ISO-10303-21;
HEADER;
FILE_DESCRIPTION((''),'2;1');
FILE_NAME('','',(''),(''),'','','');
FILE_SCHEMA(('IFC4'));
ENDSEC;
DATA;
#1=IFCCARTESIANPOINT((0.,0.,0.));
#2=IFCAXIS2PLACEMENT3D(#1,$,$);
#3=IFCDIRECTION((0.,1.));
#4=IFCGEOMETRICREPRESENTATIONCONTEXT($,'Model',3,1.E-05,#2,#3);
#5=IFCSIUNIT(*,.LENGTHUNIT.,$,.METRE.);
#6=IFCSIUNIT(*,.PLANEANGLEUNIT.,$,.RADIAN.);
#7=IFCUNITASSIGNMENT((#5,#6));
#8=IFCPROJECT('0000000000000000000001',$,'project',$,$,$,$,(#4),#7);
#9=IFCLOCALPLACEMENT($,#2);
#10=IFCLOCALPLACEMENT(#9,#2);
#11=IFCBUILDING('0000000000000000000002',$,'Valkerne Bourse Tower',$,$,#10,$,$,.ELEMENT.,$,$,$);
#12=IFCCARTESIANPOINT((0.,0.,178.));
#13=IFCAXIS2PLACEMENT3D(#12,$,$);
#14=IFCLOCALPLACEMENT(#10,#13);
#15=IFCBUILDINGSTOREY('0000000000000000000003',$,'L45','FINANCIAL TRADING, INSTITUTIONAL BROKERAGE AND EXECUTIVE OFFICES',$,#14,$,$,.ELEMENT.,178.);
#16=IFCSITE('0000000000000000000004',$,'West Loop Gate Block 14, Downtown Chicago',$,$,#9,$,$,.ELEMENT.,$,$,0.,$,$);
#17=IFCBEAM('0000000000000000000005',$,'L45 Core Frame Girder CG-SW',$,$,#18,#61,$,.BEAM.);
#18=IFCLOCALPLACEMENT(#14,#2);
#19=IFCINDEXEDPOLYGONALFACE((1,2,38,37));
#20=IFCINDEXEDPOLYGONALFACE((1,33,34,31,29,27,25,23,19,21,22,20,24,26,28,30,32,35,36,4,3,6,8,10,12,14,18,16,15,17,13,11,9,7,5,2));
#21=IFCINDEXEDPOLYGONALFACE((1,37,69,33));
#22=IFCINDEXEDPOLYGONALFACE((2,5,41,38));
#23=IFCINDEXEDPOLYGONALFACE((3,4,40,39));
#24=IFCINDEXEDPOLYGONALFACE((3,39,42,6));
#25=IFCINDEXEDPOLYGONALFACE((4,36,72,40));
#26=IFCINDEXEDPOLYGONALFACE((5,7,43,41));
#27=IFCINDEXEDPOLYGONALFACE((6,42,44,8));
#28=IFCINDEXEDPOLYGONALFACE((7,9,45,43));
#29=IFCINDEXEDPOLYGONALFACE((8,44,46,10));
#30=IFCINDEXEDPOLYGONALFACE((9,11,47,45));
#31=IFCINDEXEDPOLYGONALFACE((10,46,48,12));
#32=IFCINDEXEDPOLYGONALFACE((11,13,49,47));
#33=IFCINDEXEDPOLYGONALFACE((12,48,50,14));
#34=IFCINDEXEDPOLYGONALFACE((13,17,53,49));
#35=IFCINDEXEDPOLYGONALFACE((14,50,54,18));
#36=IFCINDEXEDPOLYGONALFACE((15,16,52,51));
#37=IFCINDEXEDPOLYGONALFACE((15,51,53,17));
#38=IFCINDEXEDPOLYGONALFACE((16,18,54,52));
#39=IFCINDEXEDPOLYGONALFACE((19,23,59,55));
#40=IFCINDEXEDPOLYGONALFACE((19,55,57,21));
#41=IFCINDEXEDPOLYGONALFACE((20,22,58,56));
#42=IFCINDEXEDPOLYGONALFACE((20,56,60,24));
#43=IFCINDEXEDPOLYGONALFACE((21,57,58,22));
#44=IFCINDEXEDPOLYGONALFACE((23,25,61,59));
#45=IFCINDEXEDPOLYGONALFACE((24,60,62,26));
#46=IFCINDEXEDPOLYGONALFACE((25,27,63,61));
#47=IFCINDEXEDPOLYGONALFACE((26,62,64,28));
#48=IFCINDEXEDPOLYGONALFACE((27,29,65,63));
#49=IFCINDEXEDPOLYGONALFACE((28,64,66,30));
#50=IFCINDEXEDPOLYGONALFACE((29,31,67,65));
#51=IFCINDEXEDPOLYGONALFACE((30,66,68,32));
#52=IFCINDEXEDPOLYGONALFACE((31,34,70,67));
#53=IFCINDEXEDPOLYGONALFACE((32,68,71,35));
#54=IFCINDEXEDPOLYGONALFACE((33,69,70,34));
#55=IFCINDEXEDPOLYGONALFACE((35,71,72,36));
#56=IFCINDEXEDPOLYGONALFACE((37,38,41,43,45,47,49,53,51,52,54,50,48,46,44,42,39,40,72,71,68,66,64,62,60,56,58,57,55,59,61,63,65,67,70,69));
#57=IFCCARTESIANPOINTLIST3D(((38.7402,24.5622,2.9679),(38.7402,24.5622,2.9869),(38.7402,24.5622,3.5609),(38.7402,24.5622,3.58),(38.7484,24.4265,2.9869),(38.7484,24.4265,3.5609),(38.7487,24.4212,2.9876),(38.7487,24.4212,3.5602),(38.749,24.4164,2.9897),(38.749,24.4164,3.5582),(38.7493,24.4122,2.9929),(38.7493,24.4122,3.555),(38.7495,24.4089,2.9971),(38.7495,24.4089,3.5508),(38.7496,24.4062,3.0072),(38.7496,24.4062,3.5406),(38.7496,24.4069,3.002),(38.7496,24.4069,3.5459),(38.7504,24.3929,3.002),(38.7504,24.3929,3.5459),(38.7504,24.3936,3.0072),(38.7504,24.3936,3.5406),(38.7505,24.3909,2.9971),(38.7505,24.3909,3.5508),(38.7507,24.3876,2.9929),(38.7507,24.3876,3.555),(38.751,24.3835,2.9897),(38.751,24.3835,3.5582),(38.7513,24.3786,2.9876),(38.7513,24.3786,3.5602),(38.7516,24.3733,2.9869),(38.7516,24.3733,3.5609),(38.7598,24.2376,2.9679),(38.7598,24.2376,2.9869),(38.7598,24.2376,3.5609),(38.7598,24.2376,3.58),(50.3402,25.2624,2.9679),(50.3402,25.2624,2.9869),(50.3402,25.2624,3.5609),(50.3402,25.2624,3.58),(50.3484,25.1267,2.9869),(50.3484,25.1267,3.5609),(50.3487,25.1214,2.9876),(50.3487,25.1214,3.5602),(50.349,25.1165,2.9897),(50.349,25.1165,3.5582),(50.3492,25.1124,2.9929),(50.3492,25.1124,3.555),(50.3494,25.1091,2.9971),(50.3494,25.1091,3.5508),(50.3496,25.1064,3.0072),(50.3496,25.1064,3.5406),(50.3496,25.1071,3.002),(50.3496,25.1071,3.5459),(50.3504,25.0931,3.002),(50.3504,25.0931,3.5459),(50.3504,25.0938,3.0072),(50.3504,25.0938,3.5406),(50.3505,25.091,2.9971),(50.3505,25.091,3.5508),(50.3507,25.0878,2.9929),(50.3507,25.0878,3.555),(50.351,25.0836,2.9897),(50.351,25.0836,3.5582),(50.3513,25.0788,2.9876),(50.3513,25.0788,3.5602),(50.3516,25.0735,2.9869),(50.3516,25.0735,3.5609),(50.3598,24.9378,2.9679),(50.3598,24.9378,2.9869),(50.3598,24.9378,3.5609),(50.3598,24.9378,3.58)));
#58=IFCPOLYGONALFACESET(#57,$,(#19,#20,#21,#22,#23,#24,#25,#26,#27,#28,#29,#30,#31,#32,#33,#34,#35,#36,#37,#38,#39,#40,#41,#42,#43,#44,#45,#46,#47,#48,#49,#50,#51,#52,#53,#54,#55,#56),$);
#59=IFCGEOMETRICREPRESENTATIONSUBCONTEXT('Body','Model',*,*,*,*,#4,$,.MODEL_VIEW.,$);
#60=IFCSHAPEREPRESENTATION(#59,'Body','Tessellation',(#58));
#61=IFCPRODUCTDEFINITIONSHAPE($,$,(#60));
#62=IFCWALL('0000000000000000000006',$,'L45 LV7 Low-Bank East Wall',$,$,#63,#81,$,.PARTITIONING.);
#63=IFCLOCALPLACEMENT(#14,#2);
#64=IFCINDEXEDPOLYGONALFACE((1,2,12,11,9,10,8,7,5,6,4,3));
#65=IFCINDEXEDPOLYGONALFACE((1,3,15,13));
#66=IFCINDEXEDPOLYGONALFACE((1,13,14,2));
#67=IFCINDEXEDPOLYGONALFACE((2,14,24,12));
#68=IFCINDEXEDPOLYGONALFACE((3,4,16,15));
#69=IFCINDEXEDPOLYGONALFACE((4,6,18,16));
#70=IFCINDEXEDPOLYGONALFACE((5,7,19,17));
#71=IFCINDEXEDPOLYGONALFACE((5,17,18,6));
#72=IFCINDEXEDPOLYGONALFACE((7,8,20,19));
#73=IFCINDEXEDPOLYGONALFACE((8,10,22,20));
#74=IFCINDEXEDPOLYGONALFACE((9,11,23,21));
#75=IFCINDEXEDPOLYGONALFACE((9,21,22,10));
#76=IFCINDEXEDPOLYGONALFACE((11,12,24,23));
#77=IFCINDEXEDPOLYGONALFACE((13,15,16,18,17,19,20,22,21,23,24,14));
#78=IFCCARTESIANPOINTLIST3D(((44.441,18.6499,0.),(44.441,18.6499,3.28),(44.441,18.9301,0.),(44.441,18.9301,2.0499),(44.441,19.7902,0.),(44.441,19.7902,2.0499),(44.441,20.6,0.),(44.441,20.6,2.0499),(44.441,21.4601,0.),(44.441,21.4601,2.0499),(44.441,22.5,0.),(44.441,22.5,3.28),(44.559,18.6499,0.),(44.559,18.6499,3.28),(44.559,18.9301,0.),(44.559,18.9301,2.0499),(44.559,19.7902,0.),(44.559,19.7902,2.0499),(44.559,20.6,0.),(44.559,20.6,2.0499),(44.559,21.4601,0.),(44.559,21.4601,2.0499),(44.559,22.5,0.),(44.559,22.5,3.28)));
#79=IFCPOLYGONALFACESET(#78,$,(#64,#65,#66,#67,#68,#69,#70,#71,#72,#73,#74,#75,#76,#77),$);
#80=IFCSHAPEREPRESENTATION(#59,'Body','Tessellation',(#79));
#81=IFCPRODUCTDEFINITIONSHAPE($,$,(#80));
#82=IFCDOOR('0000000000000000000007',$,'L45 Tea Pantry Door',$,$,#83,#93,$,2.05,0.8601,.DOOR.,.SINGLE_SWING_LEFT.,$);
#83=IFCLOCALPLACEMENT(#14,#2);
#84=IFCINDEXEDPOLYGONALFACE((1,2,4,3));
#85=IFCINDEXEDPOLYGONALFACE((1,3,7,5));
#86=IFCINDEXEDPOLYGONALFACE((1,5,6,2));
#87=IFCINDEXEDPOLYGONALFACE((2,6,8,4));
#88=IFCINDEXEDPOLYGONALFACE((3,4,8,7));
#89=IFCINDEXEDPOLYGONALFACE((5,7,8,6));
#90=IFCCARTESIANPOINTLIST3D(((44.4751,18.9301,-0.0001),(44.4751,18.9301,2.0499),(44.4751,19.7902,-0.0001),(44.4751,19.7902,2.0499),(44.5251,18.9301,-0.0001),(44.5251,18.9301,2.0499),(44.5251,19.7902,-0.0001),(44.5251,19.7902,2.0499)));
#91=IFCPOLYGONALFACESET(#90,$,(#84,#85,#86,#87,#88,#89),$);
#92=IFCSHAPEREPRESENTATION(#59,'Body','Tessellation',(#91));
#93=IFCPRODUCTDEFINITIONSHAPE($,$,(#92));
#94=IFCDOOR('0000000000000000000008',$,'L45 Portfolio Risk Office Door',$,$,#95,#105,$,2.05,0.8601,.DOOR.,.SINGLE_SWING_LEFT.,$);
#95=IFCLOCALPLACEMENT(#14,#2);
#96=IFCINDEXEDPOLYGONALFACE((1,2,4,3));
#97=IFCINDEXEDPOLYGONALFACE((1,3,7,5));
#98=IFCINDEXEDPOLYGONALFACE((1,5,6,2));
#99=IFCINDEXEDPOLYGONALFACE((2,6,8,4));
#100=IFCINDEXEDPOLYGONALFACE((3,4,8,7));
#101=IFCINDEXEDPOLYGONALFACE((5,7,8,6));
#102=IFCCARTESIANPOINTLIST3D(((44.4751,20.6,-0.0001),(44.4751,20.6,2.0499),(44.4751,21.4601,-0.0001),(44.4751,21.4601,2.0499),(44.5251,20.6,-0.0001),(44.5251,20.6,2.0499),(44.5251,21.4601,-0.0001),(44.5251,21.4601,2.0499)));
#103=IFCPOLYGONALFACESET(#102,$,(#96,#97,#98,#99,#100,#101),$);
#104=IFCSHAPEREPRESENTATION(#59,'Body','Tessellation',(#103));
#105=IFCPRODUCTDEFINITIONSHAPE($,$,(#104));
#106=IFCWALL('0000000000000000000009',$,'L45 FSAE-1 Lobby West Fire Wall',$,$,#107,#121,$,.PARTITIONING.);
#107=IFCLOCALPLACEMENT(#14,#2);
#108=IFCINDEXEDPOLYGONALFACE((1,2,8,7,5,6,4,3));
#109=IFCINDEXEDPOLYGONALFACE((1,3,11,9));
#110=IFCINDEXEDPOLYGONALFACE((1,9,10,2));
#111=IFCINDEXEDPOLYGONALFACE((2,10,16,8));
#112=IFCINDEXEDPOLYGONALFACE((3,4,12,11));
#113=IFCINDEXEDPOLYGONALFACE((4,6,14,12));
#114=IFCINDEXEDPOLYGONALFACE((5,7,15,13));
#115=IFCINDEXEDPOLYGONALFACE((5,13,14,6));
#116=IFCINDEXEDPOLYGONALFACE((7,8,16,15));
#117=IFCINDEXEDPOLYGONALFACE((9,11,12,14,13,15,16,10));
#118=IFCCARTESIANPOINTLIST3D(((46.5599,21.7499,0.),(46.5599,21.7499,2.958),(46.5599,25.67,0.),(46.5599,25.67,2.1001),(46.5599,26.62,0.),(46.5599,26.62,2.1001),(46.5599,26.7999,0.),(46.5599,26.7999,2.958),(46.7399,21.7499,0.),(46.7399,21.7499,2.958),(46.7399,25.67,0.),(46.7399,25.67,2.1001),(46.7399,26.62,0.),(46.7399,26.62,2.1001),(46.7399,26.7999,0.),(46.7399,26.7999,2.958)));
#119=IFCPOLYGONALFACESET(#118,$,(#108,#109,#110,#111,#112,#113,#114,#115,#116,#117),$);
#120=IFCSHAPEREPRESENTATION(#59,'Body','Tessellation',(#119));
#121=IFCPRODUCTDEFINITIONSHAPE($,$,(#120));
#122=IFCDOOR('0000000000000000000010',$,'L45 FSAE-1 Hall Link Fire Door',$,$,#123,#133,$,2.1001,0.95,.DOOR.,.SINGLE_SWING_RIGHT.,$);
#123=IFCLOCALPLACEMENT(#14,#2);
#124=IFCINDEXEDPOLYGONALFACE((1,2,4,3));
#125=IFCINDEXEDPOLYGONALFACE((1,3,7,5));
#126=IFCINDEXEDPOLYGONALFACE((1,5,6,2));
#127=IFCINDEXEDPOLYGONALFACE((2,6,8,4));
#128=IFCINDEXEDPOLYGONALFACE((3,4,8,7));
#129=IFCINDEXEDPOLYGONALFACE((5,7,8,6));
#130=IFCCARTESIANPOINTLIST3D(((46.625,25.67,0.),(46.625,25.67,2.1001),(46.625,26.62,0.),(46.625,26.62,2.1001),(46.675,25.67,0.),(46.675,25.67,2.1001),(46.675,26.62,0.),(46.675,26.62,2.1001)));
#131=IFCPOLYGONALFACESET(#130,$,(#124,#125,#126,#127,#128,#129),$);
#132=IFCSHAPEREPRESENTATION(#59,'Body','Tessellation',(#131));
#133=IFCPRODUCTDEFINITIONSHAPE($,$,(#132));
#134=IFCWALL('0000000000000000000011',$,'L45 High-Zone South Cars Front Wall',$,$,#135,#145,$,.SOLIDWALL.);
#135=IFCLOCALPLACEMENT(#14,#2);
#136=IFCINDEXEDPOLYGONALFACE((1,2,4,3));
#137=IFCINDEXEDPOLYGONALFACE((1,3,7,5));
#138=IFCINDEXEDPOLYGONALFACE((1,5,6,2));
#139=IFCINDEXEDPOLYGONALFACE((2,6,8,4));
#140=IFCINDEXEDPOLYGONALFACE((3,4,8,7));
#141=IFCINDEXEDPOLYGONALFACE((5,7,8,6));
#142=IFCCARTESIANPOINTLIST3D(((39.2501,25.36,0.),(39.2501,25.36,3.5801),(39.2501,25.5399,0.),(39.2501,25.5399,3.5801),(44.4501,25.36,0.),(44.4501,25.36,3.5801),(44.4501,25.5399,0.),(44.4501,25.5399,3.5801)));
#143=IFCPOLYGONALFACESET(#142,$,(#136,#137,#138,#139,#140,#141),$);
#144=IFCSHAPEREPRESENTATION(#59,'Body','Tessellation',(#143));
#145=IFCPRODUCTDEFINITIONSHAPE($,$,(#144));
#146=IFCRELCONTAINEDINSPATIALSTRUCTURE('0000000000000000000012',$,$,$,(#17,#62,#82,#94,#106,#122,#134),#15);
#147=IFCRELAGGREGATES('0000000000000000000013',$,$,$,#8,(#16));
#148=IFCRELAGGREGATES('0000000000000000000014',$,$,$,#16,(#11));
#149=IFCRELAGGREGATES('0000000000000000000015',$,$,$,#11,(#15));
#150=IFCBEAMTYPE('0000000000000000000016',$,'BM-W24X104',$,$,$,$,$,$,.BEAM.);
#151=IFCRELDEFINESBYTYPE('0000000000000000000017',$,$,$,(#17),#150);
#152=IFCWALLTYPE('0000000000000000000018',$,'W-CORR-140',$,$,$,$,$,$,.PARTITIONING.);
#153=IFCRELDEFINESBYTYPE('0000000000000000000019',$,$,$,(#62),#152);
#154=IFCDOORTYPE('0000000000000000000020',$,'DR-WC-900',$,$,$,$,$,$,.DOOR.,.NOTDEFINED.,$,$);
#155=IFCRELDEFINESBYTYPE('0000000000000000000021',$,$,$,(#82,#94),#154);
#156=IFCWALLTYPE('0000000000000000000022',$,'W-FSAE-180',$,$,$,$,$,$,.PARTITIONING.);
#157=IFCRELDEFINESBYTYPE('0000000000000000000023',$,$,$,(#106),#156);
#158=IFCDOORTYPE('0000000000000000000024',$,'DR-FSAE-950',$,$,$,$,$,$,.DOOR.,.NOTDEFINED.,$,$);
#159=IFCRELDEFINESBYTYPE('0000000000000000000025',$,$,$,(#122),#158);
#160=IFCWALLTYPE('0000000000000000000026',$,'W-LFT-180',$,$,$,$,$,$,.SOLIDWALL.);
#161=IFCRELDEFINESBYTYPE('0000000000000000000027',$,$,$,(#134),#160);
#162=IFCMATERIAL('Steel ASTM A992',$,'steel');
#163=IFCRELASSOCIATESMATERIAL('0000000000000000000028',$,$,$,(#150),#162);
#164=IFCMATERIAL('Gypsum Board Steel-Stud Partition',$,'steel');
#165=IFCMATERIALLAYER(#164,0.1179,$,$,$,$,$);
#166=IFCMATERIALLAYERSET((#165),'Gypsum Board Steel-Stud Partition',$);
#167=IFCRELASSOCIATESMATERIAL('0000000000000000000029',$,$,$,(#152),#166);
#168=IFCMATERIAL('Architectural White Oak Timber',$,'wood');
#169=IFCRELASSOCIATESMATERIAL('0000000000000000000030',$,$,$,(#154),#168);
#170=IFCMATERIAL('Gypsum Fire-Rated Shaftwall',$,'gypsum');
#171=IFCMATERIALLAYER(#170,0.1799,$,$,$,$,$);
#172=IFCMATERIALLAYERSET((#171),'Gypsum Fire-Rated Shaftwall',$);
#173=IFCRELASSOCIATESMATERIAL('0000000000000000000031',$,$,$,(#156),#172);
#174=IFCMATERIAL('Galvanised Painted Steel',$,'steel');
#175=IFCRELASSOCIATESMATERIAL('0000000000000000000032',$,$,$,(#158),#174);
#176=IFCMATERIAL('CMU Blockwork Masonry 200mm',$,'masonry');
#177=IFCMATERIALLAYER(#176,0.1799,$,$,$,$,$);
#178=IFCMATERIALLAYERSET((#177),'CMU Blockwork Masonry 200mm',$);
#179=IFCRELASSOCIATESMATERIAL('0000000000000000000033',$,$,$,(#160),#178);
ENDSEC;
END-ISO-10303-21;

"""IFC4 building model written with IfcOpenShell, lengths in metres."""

from ifc_helpers import new_model, si_unit, direction, frame, frame_2d, origin, origin_2d, place, context, subcontext, project, spatial, rectangle, i_section, extrude, material, layer, layer_set, material_profile, profile_set, type_object, element, fill, save


model = new_model("IFC4")

# Units and contexts
model_context = context("Model", 3, precision=1e-05, world=origin(), true_north=direction((0.0, 1.0)))
body_context = subcontext(model_context, "Body", "Model", "MODEL_VIEW")
ifc_project = project(units=[si_unit("LENGTHUNIT", "METRE"), si_unit("PLANEANGLEUNIT", "RADIAN")], contexts=[model_context])

# Site, building, storey
site_placement = place(None, origin())
site = spatial("IfcSite", under=ifc_project, at=site_placement, Name="West Loop Gate Block 14, Downtown Chicago", CompositionType="ELEMENT", RefElevation=0.0)
building_placement = place(site_placement, origin())
building = spatial("IfcBuilding", under=site, at=building_placement, Name="Valkerne Bourse Tower", CompositionType="ELEMENT")
storey_placement = place(building_placement, frame((0.0, 0.0, 178.0)))
storey = spatial("IfcBuildingStorey", under=building, at=storey_placement, Name="L45", Description="FINANCIAL TRADING, INSTITUTIONAL BROKERAGE AND EXECUTIVE OFFICES", CompositionType="ELEMENT", Elevation=178.0)

# Beam
ifc_material_1 = material(Name="Steel ASTM A992", Category="steel")
ifc_material_profile_1 = material_profile(ifc_material_1, i_section(OverallWidth=0.3252, OverallDepth=0.6121, WebThickness=0.0127, FlangeThickness=0.019, FilletRadius=0.0203, at=origin_2d()), Name="W24X104")
ifc_profile_set_1 = profile_set([ifc_material_profile_1], Name="Steel ASTM A992")
beam_type = type_object("IfcBeamType", Name="BM-W24X104", PredefinedType="BEAM", material=ifc_profile_set_1)
beam_1_placement = place(storey_placement, frame((38.75, 24.3999, 3.2739), z_axis=(0.998183, 0.060251, 0.0), x_axis=(-0.060251, 0.998183, 0.0)))
element("IfcBeam", 1, at=beam_1_placement, inside=storey, type_object=beam_type, Name="L45 Core Frame Girder CG-SW", PredefinedType="BEAM", context=body_context, shape_type="SweptSolid", body=[
    extrude(i_section(OverallWidth=0.3252, OverallDepth=0.6121, WebThickness=0.0127, FlangeThickness=0.019, FilletRadius=0.0203, at=origin_2d()), origin(), (0.0, 0.0, 1.0), 11.6211),
])

# Wall, openings, doors
ifc_material_2 = material(Name="Gypsum Board Steel-Stud Partition", Category="steel")
ifc_layer_1 = layer(ifc_material_2, 0.1179)
ifc_layer_set_1 = layer_set([ifc_layer_1], Name="Gypsum Board Steel-Stud Partition")
wall_type_1 = type_object("IfcWallType", Name="W-CORR-140", PredefinedType="PARTITIONING", material=ifc_layer_set_1)
wall_1_placement = place(storey_placement, frame((44.5, 18.6499, 0.0), z_axis=(0.0, 0.0, 1.0), x_axis=(0.0, 1.0, 0.0)))
wall_1 = element("IfcWall", 2, at=wall_1_placement, inside=storey, type_object=wall_type_1, Name="L45 LV7 Low-Bank East Wall", PredefinedType="PARTITIONING", context=body_context, shape_type="SweptSolid", body=[
    extrude(rectangle(XDim=3.8501, YDim=0.1179, at=frame_2d((1.925, 0.0))), origin(), (0.0, 0.0, 1.0), 3.28),
])
opening_1_placement = place(wall_1_placement, frame((0.28, 0.0, 0.0)))
opening_1 = element("IfcOpeningElement", 3, at=opening_1_placement, cuts=wall_1, PredefinedType="OPENING", context=body_context, shape_type="SweptSolid", body=[
    extrude(rectangle(XDim=0.8601, YDim=2.05, at=frame_2d((0.4302, 1.0249))), frame((0.0, 0.0688, 0.0), z_axis=(0.0, -1.0, 0.0), x_axis=(1.0, 0.0, 0.0)), (0.0, 0.0, 1.0), 0.1379),
])
opening_2_placement = place(wall_1_placement, frame((1.95, 0.0, 0.0)))
opening_2 = element("IfcOpeningElement", 4, at=opening_2_placement, cuts=wall_1, PredefinedType="OPENING", context=body_context, shape_type="SweptSolid", body=[
    extrude(rectangle(XDim=0.8601, YDim=2.05, at=frame_2d((0.4302, 1.0249))), frame((0.0, 0.0688, 0.0), z_axis=(0.0, -1.0, 0.0), x_axis=(1.0, 0.0, 0.0)), (0.0, 0.0, 1.0), 0.1379),
])
ifc_material_3 = material(Name="Architectural White Oak Timber", Category="wood")
door_type_1 = type_object("IfcDoorType", Name="DR-WC-900", OperationType="NOTDEFINED", PredefinedType="DOOR", material=ifc_material_3)
door_1_placement = place(opening_1_placement, origin())
door_1 = element("IfcDoor", 5, at=door_1_placement, inside=storey, type_object=door_type_1, Name="L45 Tea Pantry Door", OperationType="SINGLE_SWING_LEFT", OverallHeight=2.05, OverallWidth=0.8601, PredefinedType="DOOR", context=body_context, shape_type="SweptSolid", body=[
    extrude(rectangle(XDim=0.8601, YDim=2.05, at=frame_2d((0.4302, 1.0249))), frame((0.0, 0.0249, 0.0), z_axis=(0.0, -1.0, 0.0), x_axis=(1.0, 0.0, 0.0)), (0.0, 0.0, 1.0), 0.05),
])
fill(opening_1, door_1)
door_2_placement = place(opening_2_placement, origin())
door_2 = element("IfcDoor", 6, at=door_2_placement, inside=storey, type_object=door_type_1, Name="L45 Portfolio Risk Office Door", OperationType="SINGLE_SWING_LEFT", OverallHeight=2.05, OverallWidth=0.8601, PredefinedType="DOOR", context=body_context, shape_type="SweptSolid", body=[
    extrude(rectangle(XDim=0.8601, YDim=2.05, at=frame_2d((0.4302, 1.0249))), frame((0.0, 0.0249, 0.0), z_axis=(0.0, -1.0, 0.0), x_axis=(1.0, 0.0, 0.0)), (0.0, 0.0, 1.0), 0.05),
])
fill(opening_2, door_2)

# Wall, opening, door
ifc_material_4 = material(Name="Gypsum Fire-Rated Shaftwall", Category="gypsum")
ifc_layer_2 = layer(ifc_material_4, 0.1799)
ifc_layer_set_2 = layer_set([ifc_layer_2], Name="Gypsum Fire-Rated Shaftwall")
wall_type_2 = type_object("IfcWallType", Name="W-FSAE-180", PredefinedType="PARTITIONING", material=ifc_layer_set_2)
wall_2_placement = place(storey_placement, frame((46.6499, 21.75, 0.0), z_axis=(0.0, 0.0, 1.0), x_axis=(0.0, 1.0, 0.0)))
wall_2 = element("IfcWall", 7, at=wall_2_placement, inside=storey, type_object=wall_type_2, Name="L45 FSAE-1 Lobby West Fire Wall", PredefinedType="PARTITIONING", context=body_context, shape_type="SweptSolid", body=[
    extrude(rectangle(XDim=5.05, YDim=0.1799, at=frame_2d((2.5249, 0.0))), origin(), (0.0, 0.0, 1.0), 2.958),
])
opening_3_placement = place(wall_2_placement, frame((3.9199, 0.0, 0.0)))
opening_3 = element("IfcOpeningElement", 8, at=opening_3_placement, cuts=wall_2, PredefinedType="OPENING", context=body_context, shape_type="SweptSolid", body=[
    extrude(rectangle(XDim=0.95, YDim=2.1001, at=frame_2d((0.4751, 1.05))), frame((0.0, 0.0999, 0.0), z_axis=(0.0, -1.0, 0.0), x_axis=(1.0, 0.0, 0.0)), (0.0, 0.0, 1.0), 0.2),
])
ifc_material_5 = material(Name="Galvanised Painted Steel", Category="steel")
door_type_2 = type_object("IfcDoorType", Name="DR-FSAE-950", OperationType="NOTDEFINED", PredefinedType="DOOR", material=ifc_material_5)
door_3_placement = place(opening_3_placement, origin())
door_3 = element("IfcDoor", 9, at=door_3_placement, inside=storey, type_object=door_type_2, Name="L45 FSAE-1 Hall Link Fire Door", OperationType="SINGLE_SWING_RIGHT", OverallHeight=2.1001, OverallWidth=0.95, PredefinedType="DOOR", context=body_context, shape_type="SweptSolid", body=[
    extrude(rectangle(XDim=0.95, YDim=2.1001, at=frame_2d((0.4751, 1.05))), frame((0.0, 0.0249, 0.0), z_axis=(0.0, -1.0, 0.0), x_axis=(1.0, 0.0, 0.0)), (0.0, 0.0, 1.0), 0.05),
])
fill(opening_3, door_3)

# Wall
ifc_material_6 = material(Name="CMU Blockwork Masonry 200mm", Category="masonry")
ifc_layer_3 = layer(ifc_material_6, 0.1799)
ifc_layer_set_3 = layer_set([ifc_layer_3], Name="CMU Blockwork Masonry 200mm")
wall_type_3 = type_object("IfcWallType", Name="W-LFT-180", PredefinedType="SOLIDWALL", material=ifc_layer_set_3)
wall_3_placement = place(storey_placement, frame((39.25, 25.45, 0.0), z_axis=(0.0, 0.0, 1.0), x_axis=(1.0, 0.0, 0.0)))
element("IfcWall", 10, at=wall_3_placement, inside=storey, type_object=wall_type_3, Name="L45 High-Zone South Cars Front Wall", PredefinedType="SOLIDWALL", context=body_context, shape_type="SweptSolid", body=[
    extrude(rectangle(XDim=5.2, YDim=0.1799, at=frame_2d((2.6001, 0.0))), origin(), (0.0, 0.0, 1.0), 3.5801),
])

save(model, "model.ifc")
